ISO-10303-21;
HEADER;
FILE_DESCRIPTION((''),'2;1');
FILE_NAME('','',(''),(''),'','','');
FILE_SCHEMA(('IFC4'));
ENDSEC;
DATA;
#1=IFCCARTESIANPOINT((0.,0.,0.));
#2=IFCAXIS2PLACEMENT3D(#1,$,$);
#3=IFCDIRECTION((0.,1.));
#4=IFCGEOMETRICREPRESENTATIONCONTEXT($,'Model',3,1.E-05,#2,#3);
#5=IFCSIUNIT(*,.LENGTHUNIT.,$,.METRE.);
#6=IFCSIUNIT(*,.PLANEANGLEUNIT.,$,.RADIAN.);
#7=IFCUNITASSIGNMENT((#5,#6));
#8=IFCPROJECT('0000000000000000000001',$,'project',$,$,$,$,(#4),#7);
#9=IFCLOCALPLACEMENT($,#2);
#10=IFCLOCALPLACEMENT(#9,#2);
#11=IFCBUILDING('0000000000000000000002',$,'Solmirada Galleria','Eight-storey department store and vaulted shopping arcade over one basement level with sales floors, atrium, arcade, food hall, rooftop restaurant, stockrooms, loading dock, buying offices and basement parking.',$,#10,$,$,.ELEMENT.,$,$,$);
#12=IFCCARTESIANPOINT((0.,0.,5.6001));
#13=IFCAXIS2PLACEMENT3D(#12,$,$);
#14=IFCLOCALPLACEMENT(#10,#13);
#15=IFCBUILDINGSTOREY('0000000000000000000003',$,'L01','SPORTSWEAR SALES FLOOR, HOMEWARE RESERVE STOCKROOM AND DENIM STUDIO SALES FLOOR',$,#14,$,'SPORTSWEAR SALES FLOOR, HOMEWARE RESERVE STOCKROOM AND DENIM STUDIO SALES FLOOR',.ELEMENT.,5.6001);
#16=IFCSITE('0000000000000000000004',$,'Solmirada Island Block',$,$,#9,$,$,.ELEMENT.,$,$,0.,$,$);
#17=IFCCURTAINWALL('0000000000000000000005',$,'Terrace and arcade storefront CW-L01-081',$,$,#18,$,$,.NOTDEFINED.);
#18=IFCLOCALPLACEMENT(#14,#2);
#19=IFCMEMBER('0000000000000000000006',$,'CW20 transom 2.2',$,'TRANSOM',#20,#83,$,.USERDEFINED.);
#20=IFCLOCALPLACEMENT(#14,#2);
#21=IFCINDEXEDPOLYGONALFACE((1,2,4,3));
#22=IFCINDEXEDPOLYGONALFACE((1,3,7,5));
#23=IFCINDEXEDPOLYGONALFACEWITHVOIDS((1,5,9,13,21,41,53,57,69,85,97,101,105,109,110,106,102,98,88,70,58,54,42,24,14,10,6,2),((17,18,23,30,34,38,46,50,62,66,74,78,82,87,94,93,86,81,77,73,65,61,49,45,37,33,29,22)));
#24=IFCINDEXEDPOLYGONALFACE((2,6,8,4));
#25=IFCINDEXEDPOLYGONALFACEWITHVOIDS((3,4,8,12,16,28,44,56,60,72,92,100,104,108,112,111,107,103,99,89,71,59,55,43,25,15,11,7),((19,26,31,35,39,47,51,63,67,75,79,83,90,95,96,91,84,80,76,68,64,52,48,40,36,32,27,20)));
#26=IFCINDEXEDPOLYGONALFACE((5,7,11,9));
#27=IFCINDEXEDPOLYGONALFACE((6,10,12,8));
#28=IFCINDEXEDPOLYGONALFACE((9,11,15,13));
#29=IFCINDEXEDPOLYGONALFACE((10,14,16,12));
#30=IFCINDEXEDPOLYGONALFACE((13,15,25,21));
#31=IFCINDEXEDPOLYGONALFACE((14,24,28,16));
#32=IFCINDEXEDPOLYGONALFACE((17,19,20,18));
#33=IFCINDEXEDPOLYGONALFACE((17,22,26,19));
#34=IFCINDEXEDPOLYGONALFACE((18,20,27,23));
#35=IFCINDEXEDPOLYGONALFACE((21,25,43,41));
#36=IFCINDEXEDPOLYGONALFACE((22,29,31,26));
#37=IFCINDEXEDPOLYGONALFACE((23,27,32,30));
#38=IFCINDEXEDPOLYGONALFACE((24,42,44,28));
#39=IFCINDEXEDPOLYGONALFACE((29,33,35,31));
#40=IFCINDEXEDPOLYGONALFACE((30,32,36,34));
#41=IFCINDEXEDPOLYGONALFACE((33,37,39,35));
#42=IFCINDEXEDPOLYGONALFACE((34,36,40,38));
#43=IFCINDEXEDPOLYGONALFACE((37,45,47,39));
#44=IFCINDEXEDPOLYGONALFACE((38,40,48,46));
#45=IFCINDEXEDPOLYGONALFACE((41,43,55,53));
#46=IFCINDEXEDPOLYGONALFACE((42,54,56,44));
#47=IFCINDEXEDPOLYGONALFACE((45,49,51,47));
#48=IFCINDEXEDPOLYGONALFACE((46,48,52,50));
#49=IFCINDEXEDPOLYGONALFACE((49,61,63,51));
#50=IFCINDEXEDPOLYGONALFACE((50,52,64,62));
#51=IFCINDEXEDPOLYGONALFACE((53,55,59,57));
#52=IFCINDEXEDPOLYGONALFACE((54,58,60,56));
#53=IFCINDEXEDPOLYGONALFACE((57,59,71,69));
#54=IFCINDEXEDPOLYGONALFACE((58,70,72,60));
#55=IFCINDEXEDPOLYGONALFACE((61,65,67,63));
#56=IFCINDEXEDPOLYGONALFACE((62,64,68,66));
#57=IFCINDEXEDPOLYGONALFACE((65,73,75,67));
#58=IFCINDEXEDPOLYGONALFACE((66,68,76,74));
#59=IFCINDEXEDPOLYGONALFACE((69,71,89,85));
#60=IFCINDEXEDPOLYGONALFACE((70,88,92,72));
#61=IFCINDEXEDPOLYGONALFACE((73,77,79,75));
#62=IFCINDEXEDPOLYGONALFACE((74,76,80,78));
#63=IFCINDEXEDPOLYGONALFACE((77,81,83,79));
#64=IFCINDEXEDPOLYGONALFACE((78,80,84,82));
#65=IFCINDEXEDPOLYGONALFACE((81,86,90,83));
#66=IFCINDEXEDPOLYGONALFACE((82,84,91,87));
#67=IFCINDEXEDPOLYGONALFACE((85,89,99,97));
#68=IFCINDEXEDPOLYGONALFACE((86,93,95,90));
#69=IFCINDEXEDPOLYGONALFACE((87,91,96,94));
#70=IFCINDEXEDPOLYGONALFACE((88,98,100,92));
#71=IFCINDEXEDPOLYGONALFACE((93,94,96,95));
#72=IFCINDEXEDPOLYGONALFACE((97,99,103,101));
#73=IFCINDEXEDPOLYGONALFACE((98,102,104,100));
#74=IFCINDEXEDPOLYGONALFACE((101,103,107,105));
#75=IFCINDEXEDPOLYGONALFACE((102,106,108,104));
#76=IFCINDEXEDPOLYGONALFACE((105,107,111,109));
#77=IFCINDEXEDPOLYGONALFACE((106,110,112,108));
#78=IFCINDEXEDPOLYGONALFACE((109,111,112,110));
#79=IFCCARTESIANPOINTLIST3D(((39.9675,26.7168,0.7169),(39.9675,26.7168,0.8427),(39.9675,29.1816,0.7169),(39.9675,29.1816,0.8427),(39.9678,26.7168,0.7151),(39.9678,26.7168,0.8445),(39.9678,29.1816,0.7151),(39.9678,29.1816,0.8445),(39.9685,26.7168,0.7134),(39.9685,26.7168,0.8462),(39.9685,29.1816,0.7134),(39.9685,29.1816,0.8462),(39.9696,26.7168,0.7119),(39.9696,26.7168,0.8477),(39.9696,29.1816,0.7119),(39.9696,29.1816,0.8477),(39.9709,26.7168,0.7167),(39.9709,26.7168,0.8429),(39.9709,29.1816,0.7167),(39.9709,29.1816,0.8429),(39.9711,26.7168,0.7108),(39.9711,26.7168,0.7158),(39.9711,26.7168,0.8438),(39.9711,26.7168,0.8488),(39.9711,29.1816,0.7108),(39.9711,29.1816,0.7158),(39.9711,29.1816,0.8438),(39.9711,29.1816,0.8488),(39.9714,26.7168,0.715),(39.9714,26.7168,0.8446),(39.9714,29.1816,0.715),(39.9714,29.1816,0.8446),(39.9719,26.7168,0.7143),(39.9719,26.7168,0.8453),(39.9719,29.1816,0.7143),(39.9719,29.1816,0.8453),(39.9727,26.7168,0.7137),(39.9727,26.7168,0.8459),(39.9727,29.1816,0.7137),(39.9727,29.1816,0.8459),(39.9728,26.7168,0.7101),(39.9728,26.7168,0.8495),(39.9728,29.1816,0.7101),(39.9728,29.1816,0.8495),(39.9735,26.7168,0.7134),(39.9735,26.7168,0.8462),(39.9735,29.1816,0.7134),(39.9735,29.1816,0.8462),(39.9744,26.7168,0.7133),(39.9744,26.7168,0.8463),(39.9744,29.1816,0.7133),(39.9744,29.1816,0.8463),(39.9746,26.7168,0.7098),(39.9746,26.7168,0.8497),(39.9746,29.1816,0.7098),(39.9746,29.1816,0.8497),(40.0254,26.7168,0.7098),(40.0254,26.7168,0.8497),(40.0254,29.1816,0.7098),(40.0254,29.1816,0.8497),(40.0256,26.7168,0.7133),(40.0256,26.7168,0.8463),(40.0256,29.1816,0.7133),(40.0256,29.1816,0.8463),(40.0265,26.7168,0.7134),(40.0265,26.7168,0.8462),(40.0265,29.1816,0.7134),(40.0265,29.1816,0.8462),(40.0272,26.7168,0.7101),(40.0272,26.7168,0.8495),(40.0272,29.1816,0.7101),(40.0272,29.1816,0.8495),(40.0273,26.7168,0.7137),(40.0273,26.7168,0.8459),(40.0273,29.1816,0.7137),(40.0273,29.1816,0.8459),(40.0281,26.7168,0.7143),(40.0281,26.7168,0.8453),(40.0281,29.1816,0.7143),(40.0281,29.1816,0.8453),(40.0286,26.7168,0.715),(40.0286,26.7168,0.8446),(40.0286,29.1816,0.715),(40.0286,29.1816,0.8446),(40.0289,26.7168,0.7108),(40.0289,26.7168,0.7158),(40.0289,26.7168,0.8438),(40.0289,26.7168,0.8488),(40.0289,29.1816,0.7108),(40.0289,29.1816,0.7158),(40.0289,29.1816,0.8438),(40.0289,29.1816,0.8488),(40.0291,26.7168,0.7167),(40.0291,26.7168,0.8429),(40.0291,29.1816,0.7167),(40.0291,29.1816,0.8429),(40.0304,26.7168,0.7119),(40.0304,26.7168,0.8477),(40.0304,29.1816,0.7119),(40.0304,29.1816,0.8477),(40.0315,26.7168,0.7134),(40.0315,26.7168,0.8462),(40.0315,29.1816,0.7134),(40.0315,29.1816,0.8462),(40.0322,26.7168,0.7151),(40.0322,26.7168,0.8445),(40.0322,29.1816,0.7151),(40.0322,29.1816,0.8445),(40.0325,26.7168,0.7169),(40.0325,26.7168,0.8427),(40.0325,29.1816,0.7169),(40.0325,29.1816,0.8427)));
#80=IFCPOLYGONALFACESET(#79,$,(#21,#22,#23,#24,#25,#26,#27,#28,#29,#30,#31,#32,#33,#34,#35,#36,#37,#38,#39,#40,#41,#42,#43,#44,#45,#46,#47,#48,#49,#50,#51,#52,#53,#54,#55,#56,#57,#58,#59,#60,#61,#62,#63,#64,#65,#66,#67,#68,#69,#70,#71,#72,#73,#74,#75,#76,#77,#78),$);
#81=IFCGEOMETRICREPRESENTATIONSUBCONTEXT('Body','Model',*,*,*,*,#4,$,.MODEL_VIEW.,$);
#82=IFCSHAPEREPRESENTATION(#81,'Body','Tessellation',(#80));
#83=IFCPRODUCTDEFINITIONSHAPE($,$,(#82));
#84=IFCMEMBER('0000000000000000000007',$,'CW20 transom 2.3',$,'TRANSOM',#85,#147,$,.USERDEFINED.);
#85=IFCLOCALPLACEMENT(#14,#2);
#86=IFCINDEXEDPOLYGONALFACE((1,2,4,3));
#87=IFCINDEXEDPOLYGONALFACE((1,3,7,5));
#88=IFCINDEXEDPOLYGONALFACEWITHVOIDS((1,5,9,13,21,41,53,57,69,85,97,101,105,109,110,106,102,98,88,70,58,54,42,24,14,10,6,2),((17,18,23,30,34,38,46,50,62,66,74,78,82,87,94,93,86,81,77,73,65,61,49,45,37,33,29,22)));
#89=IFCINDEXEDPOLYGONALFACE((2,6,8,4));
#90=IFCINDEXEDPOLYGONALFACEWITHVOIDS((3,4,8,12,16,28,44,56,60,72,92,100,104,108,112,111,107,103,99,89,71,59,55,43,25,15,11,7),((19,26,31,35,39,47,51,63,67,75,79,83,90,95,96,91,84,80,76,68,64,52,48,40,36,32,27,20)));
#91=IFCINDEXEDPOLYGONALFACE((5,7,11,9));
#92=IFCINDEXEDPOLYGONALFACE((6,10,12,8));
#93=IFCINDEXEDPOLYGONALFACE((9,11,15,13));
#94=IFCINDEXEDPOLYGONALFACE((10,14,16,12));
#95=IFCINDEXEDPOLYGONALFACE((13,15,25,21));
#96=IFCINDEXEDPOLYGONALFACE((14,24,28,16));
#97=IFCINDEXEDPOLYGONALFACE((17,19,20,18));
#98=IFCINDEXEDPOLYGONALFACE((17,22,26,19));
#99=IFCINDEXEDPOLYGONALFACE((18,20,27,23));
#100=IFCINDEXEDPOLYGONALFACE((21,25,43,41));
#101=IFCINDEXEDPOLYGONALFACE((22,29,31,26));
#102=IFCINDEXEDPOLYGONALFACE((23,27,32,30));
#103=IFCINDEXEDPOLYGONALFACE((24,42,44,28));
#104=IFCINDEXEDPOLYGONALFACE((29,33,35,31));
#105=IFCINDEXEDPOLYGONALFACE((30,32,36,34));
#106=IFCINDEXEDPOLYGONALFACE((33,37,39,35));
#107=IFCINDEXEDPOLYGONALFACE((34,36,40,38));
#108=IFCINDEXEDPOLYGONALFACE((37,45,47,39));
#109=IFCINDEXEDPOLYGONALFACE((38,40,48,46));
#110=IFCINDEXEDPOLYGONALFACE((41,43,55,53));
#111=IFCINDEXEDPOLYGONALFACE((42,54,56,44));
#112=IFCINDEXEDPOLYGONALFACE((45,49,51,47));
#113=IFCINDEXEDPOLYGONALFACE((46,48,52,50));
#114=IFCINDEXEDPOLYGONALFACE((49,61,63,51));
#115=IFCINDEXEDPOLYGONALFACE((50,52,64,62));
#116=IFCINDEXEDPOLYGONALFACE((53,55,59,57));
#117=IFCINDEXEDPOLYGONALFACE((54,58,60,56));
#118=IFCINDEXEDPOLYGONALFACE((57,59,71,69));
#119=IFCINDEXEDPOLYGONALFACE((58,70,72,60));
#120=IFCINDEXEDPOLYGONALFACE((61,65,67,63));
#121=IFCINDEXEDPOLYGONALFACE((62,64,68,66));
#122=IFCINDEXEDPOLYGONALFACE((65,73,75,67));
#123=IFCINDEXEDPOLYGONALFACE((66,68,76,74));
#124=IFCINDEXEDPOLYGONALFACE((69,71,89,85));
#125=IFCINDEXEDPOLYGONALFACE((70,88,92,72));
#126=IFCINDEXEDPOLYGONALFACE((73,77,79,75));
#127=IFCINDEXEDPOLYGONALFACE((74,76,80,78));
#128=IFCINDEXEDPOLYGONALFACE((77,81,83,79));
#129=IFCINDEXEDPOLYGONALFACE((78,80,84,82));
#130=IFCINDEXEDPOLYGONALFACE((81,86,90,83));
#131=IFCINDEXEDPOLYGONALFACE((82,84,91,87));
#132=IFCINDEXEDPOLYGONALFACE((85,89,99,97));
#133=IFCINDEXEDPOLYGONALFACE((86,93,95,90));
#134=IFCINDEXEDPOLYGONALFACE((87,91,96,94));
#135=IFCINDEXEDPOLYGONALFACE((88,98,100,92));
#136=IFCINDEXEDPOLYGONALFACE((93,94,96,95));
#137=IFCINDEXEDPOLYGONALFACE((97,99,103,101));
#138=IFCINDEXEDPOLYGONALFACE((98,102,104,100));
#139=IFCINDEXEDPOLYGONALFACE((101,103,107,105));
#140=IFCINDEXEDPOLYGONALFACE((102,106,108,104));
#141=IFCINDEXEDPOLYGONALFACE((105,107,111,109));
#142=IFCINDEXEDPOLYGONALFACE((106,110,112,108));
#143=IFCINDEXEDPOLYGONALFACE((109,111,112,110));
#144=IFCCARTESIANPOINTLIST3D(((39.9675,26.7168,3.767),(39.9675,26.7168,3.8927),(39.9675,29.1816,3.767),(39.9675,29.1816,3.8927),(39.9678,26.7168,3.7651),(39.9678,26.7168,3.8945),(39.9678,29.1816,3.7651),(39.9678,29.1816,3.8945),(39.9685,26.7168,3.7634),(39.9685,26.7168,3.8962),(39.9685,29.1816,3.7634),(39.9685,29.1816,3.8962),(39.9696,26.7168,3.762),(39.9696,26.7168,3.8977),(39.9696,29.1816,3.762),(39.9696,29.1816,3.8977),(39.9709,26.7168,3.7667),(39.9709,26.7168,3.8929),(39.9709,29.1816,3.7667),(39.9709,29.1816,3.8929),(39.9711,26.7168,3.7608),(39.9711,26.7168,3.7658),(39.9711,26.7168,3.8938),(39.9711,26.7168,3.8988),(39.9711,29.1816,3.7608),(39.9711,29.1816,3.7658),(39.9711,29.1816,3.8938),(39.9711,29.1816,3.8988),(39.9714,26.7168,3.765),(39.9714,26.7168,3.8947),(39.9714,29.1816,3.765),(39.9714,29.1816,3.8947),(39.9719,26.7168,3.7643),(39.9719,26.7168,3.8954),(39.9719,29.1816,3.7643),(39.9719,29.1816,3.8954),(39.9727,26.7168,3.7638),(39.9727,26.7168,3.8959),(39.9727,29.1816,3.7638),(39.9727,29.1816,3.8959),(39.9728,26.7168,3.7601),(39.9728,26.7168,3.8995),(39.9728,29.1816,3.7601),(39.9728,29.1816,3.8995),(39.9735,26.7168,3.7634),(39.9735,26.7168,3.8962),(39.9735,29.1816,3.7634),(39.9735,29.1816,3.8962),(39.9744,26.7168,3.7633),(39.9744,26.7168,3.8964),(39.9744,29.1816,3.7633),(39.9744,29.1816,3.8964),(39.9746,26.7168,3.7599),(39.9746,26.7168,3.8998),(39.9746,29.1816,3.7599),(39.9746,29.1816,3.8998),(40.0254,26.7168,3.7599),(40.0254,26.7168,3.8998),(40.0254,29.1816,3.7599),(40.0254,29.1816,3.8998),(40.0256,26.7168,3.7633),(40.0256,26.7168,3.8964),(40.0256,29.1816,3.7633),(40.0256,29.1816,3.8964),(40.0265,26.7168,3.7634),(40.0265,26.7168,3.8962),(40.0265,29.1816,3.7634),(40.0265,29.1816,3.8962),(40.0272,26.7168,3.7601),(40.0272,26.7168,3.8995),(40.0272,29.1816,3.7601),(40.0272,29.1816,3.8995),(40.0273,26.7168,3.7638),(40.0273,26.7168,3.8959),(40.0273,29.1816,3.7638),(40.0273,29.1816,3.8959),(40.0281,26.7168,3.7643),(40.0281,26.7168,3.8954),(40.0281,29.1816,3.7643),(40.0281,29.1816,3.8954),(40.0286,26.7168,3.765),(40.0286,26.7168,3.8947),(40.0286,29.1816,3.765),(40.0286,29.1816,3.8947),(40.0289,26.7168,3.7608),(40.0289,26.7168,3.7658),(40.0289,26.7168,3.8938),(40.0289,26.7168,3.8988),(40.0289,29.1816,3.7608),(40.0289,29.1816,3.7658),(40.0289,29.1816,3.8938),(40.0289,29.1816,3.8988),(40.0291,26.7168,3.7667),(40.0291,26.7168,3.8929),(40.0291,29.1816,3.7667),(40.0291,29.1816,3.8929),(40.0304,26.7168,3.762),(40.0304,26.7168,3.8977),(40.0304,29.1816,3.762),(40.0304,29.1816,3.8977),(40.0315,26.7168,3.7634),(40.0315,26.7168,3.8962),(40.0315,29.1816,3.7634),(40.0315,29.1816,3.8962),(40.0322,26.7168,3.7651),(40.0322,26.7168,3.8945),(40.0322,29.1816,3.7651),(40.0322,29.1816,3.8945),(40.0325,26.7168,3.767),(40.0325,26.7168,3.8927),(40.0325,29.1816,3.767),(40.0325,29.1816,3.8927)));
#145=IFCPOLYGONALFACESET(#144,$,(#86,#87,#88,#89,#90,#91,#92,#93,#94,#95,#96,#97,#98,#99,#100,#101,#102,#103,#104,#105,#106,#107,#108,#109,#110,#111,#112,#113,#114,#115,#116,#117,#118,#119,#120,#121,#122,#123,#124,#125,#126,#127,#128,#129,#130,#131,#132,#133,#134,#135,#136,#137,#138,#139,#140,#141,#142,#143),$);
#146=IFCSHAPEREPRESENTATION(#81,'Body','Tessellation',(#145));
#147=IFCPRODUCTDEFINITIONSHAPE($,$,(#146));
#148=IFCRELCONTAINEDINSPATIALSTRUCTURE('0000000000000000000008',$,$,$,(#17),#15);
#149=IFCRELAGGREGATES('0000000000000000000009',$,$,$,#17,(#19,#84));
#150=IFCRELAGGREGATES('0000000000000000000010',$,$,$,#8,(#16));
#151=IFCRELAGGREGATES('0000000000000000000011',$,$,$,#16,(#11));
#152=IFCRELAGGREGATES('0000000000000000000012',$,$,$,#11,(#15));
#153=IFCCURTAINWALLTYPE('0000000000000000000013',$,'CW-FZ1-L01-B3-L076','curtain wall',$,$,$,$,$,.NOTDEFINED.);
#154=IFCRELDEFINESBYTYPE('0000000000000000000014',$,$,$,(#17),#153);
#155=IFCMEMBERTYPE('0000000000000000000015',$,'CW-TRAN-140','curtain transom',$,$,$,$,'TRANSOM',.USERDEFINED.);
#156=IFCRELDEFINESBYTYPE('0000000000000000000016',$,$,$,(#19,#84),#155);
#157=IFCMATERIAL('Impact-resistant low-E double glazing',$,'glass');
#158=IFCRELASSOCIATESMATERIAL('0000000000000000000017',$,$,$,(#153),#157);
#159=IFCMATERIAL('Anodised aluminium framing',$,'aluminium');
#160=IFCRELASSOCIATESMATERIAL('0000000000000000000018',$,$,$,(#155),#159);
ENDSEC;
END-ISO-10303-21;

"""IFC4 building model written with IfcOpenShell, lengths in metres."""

from ifc_helpers import new_model, si_unit, direction, frame, origin, origin_2d, place, context, subcontext, project, spatial, hollow_rectangle, extrude, material, material_profile, profile_set, type_object, element, aggregate, save


model = new_model("IFC4")

# Units and contexts
model_context = context("Model", 3, precision=1e-05, world=origin(), true_north=direction((0.0, 1.0)))
body_context = subcontext(model_context, "Body", "Model", "MODEL_VIEW")
ifc_project = project(units=[si_unit("LENGTHUNIT", "METRE"), si_unit("PLANEANGLEUNIT", "RADIAN")], contexts=[model_context])

# Site, building, storey
site_placement = place(None, origin())
site = spatial("IfcSite", under=ifc_project, at=site_placement, Name="Solmirada Island Block", CompositionType="ELEMENT", RefElevation=0.0)
building_placement = place(site_placement, origin())
building = spatial("IfcBuilding", under=site, at=building_placement, Name="Solmirada Galleria", Description="Eight-storey department store and vaulted shopping arcade over one basement level with sales floors, atrium, arcade, food hall, rooftop restaurant, stockrooms, loading dock, buying offices and basement parking.", CompositionType="ELEMENT")
storey_placement = place(building_placement, frame((0.0, 0.0, 5.6001)))
storey = spatial("IfcBuildingStorey", under=building, at=storey_placement, Name="L01", Description="SPORTSWEAR SALES FLOOR, HOMEWARE RESERVE STOCKROOM AND DENIM STUDIO SALES FLOOR", LongName="SPORTSWEAR SALES FLOOR, HOMEWARE RESERVE STOCKROOM AND DENIM STUDIO SALES FLOOR", CompositionType="ELEMENT", Elevation=5.6001)

# Shared definitions
ifc_material_1 = material(Name="Impact-resistant low-E double glazing", Category="glass")
ifc_material_2 = material(Name="Anodised aluminium framing", Category="aluminium")

# Curtain wall
curtain_wall_type_1 = type_object("IfcCurtainWallType", Name="CW-FZ1-L01-B3-L076", Description="curtain wall", PredefinedType="NOTDEFINED", material=ifc_material_1)
curtain_wall_1_placement = place(storey_placement, origin())
curtain_wall_1 = element("IfcCurtainWall", 1, at=curtain_wall_1_placement, inside=storey, type_object=curtain_wall_type_1, Name="Terrace and arcade storefront CW-L01-081", PredefinedType="NOTDEFINED")

# Members
ifc_material_profile_1 = material_profile(ifc_material_2, hollow_rectangle(XDim=0.0649, YDim=0.1399, WallThickness=0.0034, InnerFilletRadius=0.0034, OuterFilletRadius=0.0071, at=origin_2d()), Name="ALU-TRAN-140X65")
ifc_profile_set_1 = profile_set([ifc_material_profile_1], Name="Anodised aluminium framing")
member_type_1 = type_object("IfcMemberType", Name="CW-TRAN-140", Description="curtain transom", ElementType="TRANSOM", PredefinedType="USERDEFINED", material=ifc_profile_set_1)
member_1_placement = place(storey_placement, frame((40.0, 26.7168, 0.7798), z_axis=(0.0, 1.0, 0.0), x_axis=(-1.0, 0.0, 0.0)))
member_1 = element("IfcMember", 2, at=member_1_placement, type_object=member_type_1, Name="CW20 transom 2.2", ObjectType="TRANSOM", PredefinedType="USERDEFINED", context=body_context, shape_type="SweptSolid", body=[
    extrude(hollow_rectangle(XDim=0.0649, YDim=0.1399, WallThickness=0.0034, InnerFilletRadius=0.0034, OuterFilletRadius=0.0071, at=origin_2d()), origin(), (0.0, 0.0, 1.0), 2.4648),
])
member_2_placement = place(storey_placement, frame((40.0, 26.7168, 3.8298), z_axis=(0.0, 1.0, 0.0), x_axis=(-1.0, 0.0, 0.0)))
member_2 = element("IfcMember", 3, at=member_2_placement, type_object=member_type_1, Name="CW20 transom 2.3", ObjectType="TRANSOM", PredefinedType="USERDEFINED", context=body_context, shape_type="SweptSolid", body=[
    extrude(hollow_rectangle(XDim=0.0649, YDim=0.1399, WallThickness=0.0034, InnerFilletRadius=0.0034, OuterFilletRadius=0.0071, at=origin_2d()), origin(), (0.0, 0.0, 1.0), 2.4648),
])

aggregate(curtain_wall_1, [member_1, member_2])

save(model, "model.ifc")
